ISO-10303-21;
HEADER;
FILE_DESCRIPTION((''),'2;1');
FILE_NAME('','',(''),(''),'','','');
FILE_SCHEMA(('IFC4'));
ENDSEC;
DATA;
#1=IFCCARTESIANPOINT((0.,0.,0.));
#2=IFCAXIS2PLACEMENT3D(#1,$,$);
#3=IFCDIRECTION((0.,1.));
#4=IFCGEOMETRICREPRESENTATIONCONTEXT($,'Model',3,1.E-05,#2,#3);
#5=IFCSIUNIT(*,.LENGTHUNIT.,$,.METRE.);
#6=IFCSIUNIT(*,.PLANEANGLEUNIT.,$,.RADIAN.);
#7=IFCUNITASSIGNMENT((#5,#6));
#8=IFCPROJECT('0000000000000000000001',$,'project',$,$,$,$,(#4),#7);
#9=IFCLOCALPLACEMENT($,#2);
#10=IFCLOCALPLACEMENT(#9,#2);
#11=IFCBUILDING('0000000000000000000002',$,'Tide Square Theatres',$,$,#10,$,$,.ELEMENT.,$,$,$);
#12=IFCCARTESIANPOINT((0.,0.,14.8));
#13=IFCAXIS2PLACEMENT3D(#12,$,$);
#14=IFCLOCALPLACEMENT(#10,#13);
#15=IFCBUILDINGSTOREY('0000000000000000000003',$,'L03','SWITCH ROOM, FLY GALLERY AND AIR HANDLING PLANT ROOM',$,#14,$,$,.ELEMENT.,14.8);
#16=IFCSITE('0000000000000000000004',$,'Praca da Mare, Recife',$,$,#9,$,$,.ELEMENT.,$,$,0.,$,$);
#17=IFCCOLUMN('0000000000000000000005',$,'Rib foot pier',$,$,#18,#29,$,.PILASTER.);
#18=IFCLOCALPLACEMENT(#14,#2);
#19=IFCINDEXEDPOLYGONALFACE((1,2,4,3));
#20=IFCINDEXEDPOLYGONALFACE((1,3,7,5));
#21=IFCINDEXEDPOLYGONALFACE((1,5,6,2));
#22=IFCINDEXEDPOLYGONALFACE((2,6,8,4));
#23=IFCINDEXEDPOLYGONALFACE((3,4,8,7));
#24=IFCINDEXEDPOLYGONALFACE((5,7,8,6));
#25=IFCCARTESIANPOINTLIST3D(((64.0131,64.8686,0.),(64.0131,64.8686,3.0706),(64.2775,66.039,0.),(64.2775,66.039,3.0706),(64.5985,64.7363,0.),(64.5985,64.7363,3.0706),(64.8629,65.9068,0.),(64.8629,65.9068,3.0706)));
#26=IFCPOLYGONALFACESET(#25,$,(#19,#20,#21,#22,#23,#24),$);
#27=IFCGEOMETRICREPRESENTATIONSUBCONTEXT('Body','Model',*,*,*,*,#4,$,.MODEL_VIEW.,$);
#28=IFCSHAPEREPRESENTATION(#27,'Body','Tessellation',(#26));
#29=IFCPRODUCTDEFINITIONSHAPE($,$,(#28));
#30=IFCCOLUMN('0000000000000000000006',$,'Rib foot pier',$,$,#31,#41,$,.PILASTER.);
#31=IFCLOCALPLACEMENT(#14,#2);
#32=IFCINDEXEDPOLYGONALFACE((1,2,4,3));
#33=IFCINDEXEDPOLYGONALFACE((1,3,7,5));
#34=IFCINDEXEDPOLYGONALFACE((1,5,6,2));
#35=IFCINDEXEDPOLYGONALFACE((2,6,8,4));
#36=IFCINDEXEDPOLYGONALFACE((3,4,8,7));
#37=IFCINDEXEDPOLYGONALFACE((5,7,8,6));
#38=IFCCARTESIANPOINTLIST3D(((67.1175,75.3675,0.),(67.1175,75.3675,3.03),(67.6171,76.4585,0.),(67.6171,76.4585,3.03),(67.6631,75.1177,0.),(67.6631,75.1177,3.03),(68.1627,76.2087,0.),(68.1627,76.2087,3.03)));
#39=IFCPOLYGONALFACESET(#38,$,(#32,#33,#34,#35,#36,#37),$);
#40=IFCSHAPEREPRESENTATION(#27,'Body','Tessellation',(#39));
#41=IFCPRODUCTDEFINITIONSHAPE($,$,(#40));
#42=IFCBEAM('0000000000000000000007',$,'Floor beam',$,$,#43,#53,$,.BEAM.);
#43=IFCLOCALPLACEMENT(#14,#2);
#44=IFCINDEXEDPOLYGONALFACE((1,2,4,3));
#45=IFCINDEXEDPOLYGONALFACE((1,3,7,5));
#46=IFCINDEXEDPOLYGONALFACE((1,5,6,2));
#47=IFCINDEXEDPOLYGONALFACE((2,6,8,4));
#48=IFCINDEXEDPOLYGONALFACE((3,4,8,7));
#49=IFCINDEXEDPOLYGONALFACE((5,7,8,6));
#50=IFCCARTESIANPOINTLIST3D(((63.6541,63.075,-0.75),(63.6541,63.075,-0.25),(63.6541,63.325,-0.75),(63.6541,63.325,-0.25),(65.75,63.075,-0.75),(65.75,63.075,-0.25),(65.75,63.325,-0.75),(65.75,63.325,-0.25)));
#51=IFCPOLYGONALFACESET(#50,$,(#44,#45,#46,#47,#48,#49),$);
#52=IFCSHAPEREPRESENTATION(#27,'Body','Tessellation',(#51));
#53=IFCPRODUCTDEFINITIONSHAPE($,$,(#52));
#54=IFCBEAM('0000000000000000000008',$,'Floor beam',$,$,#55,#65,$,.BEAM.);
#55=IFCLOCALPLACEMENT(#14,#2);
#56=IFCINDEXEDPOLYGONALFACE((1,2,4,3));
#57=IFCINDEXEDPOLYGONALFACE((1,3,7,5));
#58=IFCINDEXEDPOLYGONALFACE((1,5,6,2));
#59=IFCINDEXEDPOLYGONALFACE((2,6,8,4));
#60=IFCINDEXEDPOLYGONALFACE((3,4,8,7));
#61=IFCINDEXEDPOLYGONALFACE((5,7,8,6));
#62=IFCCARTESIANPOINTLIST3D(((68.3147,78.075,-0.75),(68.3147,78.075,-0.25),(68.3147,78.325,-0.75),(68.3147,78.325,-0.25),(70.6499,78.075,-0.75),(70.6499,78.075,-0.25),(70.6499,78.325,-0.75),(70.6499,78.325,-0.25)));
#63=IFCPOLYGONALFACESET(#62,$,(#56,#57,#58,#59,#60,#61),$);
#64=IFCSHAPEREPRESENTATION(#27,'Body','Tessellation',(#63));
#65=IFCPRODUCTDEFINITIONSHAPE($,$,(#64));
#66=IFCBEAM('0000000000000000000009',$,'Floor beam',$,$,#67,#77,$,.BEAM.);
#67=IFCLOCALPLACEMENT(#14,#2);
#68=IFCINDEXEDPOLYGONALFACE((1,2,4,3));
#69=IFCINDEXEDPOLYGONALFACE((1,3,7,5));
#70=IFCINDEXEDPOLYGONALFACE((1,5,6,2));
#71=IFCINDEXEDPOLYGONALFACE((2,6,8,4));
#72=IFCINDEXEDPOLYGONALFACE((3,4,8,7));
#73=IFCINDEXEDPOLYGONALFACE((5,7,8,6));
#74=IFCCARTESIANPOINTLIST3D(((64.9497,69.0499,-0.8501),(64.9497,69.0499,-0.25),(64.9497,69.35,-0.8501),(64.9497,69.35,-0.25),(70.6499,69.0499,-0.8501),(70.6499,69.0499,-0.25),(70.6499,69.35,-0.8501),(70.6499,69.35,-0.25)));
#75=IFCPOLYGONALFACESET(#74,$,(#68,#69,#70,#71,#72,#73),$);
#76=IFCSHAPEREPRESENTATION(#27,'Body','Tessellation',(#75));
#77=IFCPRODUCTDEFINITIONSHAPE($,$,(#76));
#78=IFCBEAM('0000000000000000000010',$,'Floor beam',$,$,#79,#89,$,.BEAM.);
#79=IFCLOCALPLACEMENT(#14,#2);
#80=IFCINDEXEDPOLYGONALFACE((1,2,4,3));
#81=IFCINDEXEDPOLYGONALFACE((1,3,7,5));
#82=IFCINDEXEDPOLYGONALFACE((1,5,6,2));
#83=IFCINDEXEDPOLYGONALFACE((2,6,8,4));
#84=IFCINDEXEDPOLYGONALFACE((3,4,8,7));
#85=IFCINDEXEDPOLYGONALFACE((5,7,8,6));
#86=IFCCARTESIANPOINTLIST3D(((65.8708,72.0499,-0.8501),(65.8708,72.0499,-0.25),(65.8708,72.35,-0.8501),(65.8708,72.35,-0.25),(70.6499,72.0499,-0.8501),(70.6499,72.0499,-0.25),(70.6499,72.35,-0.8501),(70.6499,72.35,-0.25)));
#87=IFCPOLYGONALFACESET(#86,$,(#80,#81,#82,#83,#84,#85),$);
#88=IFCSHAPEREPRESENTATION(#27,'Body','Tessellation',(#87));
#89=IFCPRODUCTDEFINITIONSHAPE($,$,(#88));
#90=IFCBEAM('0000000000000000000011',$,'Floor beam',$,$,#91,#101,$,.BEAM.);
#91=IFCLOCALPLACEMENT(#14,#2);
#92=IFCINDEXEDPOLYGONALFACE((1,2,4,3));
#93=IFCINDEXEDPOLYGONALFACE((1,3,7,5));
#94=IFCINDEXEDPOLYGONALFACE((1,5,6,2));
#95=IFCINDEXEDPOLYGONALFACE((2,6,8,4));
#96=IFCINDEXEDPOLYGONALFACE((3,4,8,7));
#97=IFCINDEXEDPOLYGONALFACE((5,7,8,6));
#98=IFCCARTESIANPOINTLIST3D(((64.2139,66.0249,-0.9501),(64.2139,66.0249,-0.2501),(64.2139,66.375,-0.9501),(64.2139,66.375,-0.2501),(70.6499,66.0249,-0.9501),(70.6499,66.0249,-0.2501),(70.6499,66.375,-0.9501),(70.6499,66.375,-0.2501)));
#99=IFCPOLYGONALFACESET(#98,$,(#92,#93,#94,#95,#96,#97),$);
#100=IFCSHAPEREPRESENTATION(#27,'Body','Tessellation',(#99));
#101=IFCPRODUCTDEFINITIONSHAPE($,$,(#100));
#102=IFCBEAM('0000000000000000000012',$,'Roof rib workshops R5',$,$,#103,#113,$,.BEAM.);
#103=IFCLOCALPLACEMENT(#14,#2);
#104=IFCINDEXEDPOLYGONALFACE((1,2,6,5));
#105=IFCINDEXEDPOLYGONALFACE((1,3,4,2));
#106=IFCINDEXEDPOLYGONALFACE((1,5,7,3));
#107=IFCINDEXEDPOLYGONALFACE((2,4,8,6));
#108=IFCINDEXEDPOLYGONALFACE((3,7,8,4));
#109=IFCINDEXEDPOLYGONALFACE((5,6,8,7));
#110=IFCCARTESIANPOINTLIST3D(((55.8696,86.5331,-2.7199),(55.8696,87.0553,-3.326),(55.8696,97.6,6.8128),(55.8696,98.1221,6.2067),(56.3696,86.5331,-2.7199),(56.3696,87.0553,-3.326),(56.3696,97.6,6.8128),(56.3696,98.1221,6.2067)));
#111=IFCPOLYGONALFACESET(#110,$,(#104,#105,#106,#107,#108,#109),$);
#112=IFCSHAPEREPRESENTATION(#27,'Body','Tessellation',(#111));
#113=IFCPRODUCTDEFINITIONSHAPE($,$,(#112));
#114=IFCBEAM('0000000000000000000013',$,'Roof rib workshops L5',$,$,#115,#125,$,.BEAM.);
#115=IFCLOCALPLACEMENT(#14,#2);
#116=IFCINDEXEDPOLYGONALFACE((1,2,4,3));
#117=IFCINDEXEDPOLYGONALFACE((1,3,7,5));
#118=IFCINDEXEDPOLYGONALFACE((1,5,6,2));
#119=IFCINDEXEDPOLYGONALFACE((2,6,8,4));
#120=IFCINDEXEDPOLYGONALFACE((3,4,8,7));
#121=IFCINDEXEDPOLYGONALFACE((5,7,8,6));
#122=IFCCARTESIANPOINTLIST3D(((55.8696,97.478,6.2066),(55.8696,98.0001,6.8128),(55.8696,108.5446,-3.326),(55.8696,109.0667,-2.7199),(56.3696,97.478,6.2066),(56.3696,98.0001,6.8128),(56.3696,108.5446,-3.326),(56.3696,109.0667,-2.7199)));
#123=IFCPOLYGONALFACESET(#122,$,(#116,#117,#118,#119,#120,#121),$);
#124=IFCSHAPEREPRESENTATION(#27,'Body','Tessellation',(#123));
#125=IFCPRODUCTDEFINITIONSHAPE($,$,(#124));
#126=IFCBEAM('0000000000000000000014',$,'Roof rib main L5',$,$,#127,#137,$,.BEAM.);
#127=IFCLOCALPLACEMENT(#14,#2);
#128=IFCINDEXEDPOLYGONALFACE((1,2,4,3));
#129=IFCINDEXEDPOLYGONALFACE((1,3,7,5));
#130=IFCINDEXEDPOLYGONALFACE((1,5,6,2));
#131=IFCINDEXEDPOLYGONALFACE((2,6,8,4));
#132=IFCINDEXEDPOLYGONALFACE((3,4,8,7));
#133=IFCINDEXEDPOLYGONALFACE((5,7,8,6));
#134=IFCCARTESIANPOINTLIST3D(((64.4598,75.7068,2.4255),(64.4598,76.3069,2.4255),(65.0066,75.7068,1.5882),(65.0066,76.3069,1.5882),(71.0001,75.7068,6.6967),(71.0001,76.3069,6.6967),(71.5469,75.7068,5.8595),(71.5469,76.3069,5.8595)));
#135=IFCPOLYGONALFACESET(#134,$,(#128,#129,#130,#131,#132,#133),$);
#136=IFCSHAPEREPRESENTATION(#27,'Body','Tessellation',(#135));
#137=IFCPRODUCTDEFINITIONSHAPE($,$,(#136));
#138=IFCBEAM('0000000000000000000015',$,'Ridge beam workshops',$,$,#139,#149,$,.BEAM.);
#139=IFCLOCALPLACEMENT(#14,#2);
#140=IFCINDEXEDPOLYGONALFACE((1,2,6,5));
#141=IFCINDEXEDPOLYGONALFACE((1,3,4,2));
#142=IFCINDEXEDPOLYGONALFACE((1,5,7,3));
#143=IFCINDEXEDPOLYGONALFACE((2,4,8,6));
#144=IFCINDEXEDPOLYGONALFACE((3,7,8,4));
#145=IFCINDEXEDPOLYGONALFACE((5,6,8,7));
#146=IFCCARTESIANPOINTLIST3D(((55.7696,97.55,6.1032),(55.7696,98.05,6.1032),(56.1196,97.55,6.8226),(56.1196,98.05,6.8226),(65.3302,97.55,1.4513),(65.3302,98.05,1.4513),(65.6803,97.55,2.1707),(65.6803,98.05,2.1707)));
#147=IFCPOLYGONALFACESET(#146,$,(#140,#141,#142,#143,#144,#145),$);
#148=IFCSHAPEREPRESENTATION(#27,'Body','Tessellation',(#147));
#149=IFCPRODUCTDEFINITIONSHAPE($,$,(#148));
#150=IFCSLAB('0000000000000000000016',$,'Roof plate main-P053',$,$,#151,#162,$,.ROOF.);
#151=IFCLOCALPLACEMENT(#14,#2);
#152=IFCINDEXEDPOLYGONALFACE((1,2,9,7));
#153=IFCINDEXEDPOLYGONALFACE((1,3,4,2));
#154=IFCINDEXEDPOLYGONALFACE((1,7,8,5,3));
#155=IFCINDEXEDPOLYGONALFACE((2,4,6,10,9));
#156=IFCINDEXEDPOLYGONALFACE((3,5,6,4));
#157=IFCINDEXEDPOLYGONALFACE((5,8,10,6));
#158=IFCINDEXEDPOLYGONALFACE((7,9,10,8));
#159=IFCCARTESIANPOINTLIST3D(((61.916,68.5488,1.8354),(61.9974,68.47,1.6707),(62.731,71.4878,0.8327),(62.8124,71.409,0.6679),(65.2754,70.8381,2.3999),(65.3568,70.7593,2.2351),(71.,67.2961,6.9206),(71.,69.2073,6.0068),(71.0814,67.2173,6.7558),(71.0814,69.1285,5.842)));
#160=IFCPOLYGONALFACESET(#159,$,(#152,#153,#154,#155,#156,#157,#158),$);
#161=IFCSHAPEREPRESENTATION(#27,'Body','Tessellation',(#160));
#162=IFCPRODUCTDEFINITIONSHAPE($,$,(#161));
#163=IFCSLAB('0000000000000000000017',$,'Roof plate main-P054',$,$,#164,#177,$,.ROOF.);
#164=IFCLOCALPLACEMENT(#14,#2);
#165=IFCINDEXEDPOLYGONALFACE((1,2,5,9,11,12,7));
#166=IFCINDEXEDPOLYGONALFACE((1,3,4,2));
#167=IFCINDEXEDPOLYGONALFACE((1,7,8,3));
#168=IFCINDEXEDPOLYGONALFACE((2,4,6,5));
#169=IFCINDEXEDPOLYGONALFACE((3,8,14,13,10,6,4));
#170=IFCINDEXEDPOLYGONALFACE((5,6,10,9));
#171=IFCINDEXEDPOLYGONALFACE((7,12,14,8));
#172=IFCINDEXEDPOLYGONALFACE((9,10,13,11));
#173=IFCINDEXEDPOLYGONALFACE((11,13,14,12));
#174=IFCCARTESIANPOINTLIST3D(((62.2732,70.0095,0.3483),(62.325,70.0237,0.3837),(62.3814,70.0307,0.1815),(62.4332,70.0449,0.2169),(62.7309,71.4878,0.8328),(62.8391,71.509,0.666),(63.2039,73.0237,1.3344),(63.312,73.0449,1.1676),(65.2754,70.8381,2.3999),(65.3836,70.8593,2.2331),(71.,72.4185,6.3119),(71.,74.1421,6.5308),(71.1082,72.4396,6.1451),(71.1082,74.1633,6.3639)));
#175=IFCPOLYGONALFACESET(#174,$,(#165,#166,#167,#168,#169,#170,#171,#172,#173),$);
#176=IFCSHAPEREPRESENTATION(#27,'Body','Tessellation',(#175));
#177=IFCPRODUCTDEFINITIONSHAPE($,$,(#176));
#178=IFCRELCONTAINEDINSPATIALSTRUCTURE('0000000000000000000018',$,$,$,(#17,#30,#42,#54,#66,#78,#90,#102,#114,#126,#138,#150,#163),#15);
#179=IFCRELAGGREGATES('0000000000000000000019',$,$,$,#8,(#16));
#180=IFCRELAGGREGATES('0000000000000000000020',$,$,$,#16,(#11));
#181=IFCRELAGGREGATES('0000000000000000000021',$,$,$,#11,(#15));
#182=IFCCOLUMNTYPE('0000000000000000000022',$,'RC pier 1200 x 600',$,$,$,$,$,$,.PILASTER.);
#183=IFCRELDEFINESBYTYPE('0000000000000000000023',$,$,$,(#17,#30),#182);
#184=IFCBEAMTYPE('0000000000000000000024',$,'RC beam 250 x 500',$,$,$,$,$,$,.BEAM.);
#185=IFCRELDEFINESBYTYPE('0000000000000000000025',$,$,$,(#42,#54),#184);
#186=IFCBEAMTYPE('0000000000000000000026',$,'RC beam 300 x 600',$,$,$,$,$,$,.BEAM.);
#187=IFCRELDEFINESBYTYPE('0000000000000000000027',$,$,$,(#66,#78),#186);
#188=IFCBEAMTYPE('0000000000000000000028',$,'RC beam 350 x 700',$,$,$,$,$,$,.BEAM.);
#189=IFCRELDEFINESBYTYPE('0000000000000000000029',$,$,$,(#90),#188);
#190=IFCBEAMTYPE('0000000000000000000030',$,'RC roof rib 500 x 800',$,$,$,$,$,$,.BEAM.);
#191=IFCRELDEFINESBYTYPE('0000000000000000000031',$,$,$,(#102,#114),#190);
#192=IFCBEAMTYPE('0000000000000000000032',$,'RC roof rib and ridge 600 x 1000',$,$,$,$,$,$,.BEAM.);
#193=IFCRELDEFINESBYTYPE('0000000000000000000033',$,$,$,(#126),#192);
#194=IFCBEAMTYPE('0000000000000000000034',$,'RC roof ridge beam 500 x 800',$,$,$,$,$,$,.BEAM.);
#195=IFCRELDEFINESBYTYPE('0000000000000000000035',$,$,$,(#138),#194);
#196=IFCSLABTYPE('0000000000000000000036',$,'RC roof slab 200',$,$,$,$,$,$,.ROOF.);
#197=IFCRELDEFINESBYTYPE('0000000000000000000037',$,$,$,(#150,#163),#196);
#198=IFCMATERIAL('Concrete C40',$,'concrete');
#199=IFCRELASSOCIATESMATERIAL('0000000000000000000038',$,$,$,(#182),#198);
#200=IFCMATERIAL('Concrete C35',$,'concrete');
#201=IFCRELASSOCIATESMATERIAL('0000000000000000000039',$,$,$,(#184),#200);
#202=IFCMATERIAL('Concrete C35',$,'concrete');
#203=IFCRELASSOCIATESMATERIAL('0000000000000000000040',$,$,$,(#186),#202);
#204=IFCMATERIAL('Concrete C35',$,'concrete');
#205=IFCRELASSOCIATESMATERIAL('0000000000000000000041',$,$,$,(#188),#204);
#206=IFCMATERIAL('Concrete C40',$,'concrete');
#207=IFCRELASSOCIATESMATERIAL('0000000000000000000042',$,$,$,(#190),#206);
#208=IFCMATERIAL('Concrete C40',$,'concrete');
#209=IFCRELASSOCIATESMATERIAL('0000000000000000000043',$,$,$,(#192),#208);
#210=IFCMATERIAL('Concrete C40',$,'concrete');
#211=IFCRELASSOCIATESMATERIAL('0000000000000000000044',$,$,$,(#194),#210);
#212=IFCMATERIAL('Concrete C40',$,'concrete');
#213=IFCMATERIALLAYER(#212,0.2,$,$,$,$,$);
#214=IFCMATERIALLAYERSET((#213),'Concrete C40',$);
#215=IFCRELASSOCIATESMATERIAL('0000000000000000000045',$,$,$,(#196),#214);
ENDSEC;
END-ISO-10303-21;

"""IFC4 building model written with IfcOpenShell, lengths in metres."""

from ifc_helpers import new_model, si_unit, direction, frame, origin, origin_2d, place, context, subcontext, project, spatial, polyline, rectangle, outline, extrude, material, layer, layer_set, material_profile, profile_set, type_object, element, save


model = new_model("IFC4")

# Units and contexts
model_context = context("Model", 3, precision=1e-05, world=origin(), true_north=direction((0.0, 1.0)))
body_context = subcontext(model_context, "Body", "Model", "MODEL_VIEW")
ifc_project = project(units=[si_unit("LENGTHUNIT", "METRE"), si_unit("PLANEANGLEUNIT", "RADIAN")], contexts=[model_context])

# Site, building, storey
site_placement = place(None, origin())
site = spatial("IfcSite", under=ifc_project, at=site_placement, Name="Praca da Mare, Recife", CompositionType="ELEMENT", RefElevation=0.0)
building_placement = place(site_placement, origin())
building = spatial("IfcBuilding", under=site, at=building_placement, Name="Tide Square Theatres", CompositionType="ELEMENT")
storey_placement = place(building_placement, frame((0.0, 0.0, 14.8)))
storey = spatial("IfcBuildingStorey", under=building, at=storey_placement, Name="L03", Description="SWITCH ROOM, FLY GALLERY AND AIR HANDLING PLANT ROOM", CompositionType="ELEMENT", Elevation=14.8)

# Columns
ifc_material_1 = material(Name="Concrete C40", Category="concrete")
ifc_material_profile_1 = material_profile(ifc_material_1, rectangle(XDim=1.2, YDim=0.6001, at=origin_2d()))
ifc_profile_set_1 = profile_set([ifc_material_profile_1], Name="Concrete C40")
column_type = type_object("IfcColumnType", Name="RC pier 1200 x 600", PredefinedType="PILASTER", material=ifc_profile_set_1)
column_1_placement = place(storey_placement, frame((64.438, 65.3877, 0.0), z_axis=(0.0, 0.0, 1.0), x_axis=(-0.220357, -0.975419, 0.0)))
element("IfcColumn", 1, at=column_1_placement, inside=storey, type_object=column_type, Name="Rib foot pier", PredefinedType="PILASTER", context=body_context, shape_type="SweptSolid", body=[
    extrude(rectangle(XDim=1.2, YDim=0.6001, at=origin_2d()), origin(), (0.0, 0.0, 1.0), 3.0706),
])
column_2_placement = place(storey_placement, frame((67.6401, 75.7881, 0.0), z_axis=(0.0, 0.0, 1.0), x_axis=(-0.416344, -0.909207, 0.0)))
element("IfcColumn", 2, at=column_2_placement, inside=storey, type_object=column_type, Name="Rib foot pier", PredefinedType="PILASTER", context=body_context, shape_type="SweptSolid", body=[
    extrude(rectangle(XDim=1.2, YDim=0.6001, at=origin_2d()), origin(), (0.0, 0.0, 1.0), 3.03),
])

# Beams
ifc_material_2 = material(Name="Concrete C35", Category="concrete")
ifc_material_profile_2 = material_profile(ifc_material_2, rectangle(XDim=0.25, YDim=0.5, at=origin_2d()))
ifc_profile_set_2 = profile_set([ifc_material_profile_2], Name="Concrete C35")
beam_type_1 = type_object("IfcBeamType", Name="RC beam 250 x 500", PredefinedType="BEAM", material=ifc_profile_set_2)
beam_1_placement = place(storey_placement, frame((63.6541, 63.2, -0.5), z_axis=(1.0, 0.0, 0.0), x_axis=(0.0, 1.0, 0.0)))
element("IfcBeam", 3, at=beam_1_placement, inside=storey, type_object=beam_type_1, Name="Floor beam", PredefinedType="BEAM", context=body_context, shape_type="SweptSolid", body=[
    extrude(rectangle(XDim=0.25, YDim=0.5, at=origin_2d()), origin(), (0.0, 0.0, 1.0), 2.0959),
])
beam_2_placement = place(storey_placement, frame((68.3147, 78.2, -0.5), z_axis=(1.0, 0.0, 0.0), x_axis=(0.0, 1.0, 0.0)))
element("IfcBeam", 4, at=beam_2_placement, inside=storey, type_object=beam_type_1, Name="Floor beam", PredefinedType="BEAM", context=body_context, shape_type="SweptSolid", body=[
    extrude(rectangle(XDim=0.25, YDim=0.5, at=origin_2d()), origin(), (0.0, 0.0, 1.0), 2.3352),
])
ifc_material_3 = material(Name="Concrete C35", Category="concrete")
ifc_material_profile_3 = material_profile(ifc_material_3, rectangle(XDim=0.3, YDim=0.6001, at=origin_2d()))
ifc_profile_set_3 = profile_set([ifc_material_profile_3], Name="Concrete C35")
beam_type_2 = type_object("IfcBeamType", Name="RC beam 300 x 600", PredefinedType="BEAM", material=ifc_profile_set_3)
beam_3_placement = place(storey_placement, frame((64.9497, 69.2, -0.55), z_axis=(1.0, 0.0, 0.0), x_axis=(0.0, 1.0, 0.0)))
element("IfcBeam", 5, at=beam_3_placement, inside=storey, type_object=beam_type_2, Name="Floor beam", PredefinedType="BEAM", context=body_context, shape_type="SweptSolid", body=[
    extrude(rectangle(XDim=0.3, YDim=0.6001, at=origin_2d()), origin(), (0.0, 0.0, 1.0), 5.7002),
])
beam_4_placement = place(storey_placement, frame((65.8708, 72.2, -0.55), z_axis=(1.0, 0.0, 0.0), x_axis=(0.0, 1.0, 0.0)))
element("IfcBeam", 6, at=beam_4_placement, inside=storey, type_object=beam_type_2, Name="Floor beam", PredefinedType="BEAM", context=body_context, shape_type="SweptSolid", body=[
    extrude(rectangle(XDim=0.3, YDim=0.6001, at=origin_2d()), origin(), (0.0, 0.0, 1.0), 4.7791),
])
ifc_material_4 = material(Name="Concrete C35", Category="concrete")
ifc_material_profile_4 = material_profile(ifc_material_4, rectangle(XDim=0.3501, YDim=0.7, at=origin_2d()))
ifc_profile_set_4 = profile_set([ifc_material_profile_4], Name="Concrete C35")
beam_type_3 = type_object("IfcBeamType", Name="RC beam 350 x 700", PredefinedType="BEAM", material=ifc_profile_set_4)
beam_5_placement = place(storey_placement, frame((64.2139, 66.2, -0.6001), z_axis=(1.0, 0.0, 0.0), x_axis=(0.0, 1.0, 0.0)))
element("IfcBeam", 7, at=beam_5_placement, inside=storey, type_object=beam_type_3, Name="Floor beam", PredefinedType="BEAM", context=body_context, shape_type="SweptSolid", body=[
    extrude(rectangle(XDim=0.3501, YDim=0.7, at=origin_2d()), origin(), (0.0, 0.0, 1.0), 6.436),
])
ifc_material_5 = material(Name="Concrete C40", Category="concrete")
ifc_material_profile_5 = material_profile(ifc_material_5, rectangle(XDim=0.5, YDim=0.8, at=origin_2d()))
ifc_profile_set_5 = profile_set([ifc_material_profile_5], Name="Concrete C40")
beam_type_4 = type_object("IfcBeamType", Name="RC roof rib 500 x 800", PredefinedType="BEAM", material=ifc_profile_set_5)
beam_6_placement = place(storey_placement, frame((56.1196, 86.7942, -3.0229), z_axis=(0.0, 0.757671, 0.652637), x_axis=(-1.0, 0.0, 0.0)))
element("IfcBeam", 8, at=beam_6_placement, inside=storey, type_object=beam_type_4, Name="Roof rib workshops R5", PredefinedType="BEAM", context=body_context, shape_type="SweptSolid", body=[
    extrude(rectangle(XDim=0.5, YDim=0.8, at=origin_2d()), origin(), (0.0, 0.0, 1.0), 14.6064),
])
beam_7_placement = place(storey_placement, frame((56.1196, 108.8057, -3.0229), z_axis=(0.0, -0.757664, 0.652645), x_axis=(1.0, 0.0, 0.0)))
element("IfcBeam", 9, at=beam_7_placement, inside=storey, type_object=beam_type_4, Name="Roof rib workshops L5", PredefinedType="BEAM", context=body_context, shape_type="SweptSolid", body=[
    extrude(rectangle(XDim=0.5, YDim=0.8, at=origin_2d()), origin(), (0.0, 0.0, 1.0), 14.6062),
])
ifc_material_6 = material(Name="Concrete C40", Category="concrete")
ifc_material_profile_6 = material_profile(ifc_material_6, rectangle(XDim=0.6001, YDim=1.0, at=origin_2d()))
ifc_profile_set_6 = profile_set([ifc_material_profile_6], Name="Concrete C40")
beam_type_5 = type_object("IfcBeamType", Name="RC roof rib and ridge 600 x 1000", PredefinedType="BEAM", material=ifc_profile_set_6)
beam_8_placement = place(storey_placement, frame((64.7332, 76.0068, 2.0068), z_axis=(0.837268, 0.0, 0.546792), x_axis=(0.0, 1.0, 0.0)))
element("IfcBeam", 10, at=beam_8_placement, inside=storey, type_object=beam_type_5, Name="Roof rib main L5", PredefinedType="BEAM", context=body_context, shape_type="SweptSolid", body=[
    extrude(rectangle(XDim=0.6001, YDim=1.0, at=origin_2d()), origin(), (0.0, 0.0, 1.0), 7.8115),
])
ifc_material_7 = material(Name="Concrete C40", Category="concrete")
ifc_material_profile_7 = material_profile(ifc_material_7, rectangle(XDim=0.5, YDim=0.8, at=origin_2d()))
ifc_profile_set_7 = profile_set([ifc_material_profile_7], Name="Concrete C40")
beam_type_6 = type_object("IfcBeamType", Name="RC roof ridge beam 500 x 800", PredefinedType="BEAM", material=ifc_profile_set_7)
beam_9_placement = place(storey_placement, frame((55.9446, 97.8, 6.4629), z_axis=(0.899206, 0.0, -0.437525), x_axis=(0.0, 1.0, 0.0)))
element("IfcBeam", 11, at=beam_9_placement, inside=storey, type_object=beam_type_6, Name="Ridge beam workshops", PredefinedType="BEAM", context=body_context, shape_type="SweptSolid", body=[
    extrude(rectangle(XDim=0.5, YDim=0.8, at=origin_2d()), origin(), (0.0, 0.0, 1.0), 10.6323),
])

# Slabs
ifc_material_8 = material(Name="Concrete C40", Category="concrete")
ifc_layer_1 = layer(ifc_material_8, 0.2)
ifc_layer_set_1 = layer_set([ifc_layer_1], Name="Concrete C40")
slab_type = type_object("IfcSlabType", Name="RC roof slab 200", PredefinedType="ROOF", material=ifc_layer_set_1)
slab_1_placement = place(storey_placement, frame((61.916, 68.5488, 1.8354), z_axis=(-0.406978, 0.394026, 0.824083), x_axis=(0.866334, -0.11947, 0.484967)))
element("IfcSlab", 12, at=slab_1_placement, inside=storey, type_object=slab_type, Name="Roof plate main-P053", PredefinedType="ROOF", context=body_context, shape_type="SweptSolid", body=[
    extrude(outline(polyline([(0.0, 0.0), (10.4856, 0.0), (9.8141, 2.0091), (2.9106, 2.8937), (-0.1314, 3.2078), (0.0, 0.0)])), origin(), (0.0, 0.0, -1.0), 0.2),
])
slab_2_placement = place(storey_placement, frame((65.2754, 70.8381, 2.3999), z_axis=(-0.540932, -0.105945, 0.834367), x_axis=(0.804988, 0.222222, 0.550102)))
element("IfcSlab", 13, at=slab_2_placement, inside=storey, type_object=slab_type, Name="Roof plate main-P054", PredefinedType="ROOF", context=body_context, shape_type="SweptSolid", body=[
    extrude(outline(polyline([(0.0, 0.0), (7.1115, 0.0), (7.6148, 1.6629), (-1.768, 2.6603), (-3.7294, 0.0002), (-3.6651, 0.0), (-2.766, 1.3045), (0.0, 0.0)])), origin(), (0.0, 0.0, -1.0), 0.2),
])

save(model, "model.ifc")
